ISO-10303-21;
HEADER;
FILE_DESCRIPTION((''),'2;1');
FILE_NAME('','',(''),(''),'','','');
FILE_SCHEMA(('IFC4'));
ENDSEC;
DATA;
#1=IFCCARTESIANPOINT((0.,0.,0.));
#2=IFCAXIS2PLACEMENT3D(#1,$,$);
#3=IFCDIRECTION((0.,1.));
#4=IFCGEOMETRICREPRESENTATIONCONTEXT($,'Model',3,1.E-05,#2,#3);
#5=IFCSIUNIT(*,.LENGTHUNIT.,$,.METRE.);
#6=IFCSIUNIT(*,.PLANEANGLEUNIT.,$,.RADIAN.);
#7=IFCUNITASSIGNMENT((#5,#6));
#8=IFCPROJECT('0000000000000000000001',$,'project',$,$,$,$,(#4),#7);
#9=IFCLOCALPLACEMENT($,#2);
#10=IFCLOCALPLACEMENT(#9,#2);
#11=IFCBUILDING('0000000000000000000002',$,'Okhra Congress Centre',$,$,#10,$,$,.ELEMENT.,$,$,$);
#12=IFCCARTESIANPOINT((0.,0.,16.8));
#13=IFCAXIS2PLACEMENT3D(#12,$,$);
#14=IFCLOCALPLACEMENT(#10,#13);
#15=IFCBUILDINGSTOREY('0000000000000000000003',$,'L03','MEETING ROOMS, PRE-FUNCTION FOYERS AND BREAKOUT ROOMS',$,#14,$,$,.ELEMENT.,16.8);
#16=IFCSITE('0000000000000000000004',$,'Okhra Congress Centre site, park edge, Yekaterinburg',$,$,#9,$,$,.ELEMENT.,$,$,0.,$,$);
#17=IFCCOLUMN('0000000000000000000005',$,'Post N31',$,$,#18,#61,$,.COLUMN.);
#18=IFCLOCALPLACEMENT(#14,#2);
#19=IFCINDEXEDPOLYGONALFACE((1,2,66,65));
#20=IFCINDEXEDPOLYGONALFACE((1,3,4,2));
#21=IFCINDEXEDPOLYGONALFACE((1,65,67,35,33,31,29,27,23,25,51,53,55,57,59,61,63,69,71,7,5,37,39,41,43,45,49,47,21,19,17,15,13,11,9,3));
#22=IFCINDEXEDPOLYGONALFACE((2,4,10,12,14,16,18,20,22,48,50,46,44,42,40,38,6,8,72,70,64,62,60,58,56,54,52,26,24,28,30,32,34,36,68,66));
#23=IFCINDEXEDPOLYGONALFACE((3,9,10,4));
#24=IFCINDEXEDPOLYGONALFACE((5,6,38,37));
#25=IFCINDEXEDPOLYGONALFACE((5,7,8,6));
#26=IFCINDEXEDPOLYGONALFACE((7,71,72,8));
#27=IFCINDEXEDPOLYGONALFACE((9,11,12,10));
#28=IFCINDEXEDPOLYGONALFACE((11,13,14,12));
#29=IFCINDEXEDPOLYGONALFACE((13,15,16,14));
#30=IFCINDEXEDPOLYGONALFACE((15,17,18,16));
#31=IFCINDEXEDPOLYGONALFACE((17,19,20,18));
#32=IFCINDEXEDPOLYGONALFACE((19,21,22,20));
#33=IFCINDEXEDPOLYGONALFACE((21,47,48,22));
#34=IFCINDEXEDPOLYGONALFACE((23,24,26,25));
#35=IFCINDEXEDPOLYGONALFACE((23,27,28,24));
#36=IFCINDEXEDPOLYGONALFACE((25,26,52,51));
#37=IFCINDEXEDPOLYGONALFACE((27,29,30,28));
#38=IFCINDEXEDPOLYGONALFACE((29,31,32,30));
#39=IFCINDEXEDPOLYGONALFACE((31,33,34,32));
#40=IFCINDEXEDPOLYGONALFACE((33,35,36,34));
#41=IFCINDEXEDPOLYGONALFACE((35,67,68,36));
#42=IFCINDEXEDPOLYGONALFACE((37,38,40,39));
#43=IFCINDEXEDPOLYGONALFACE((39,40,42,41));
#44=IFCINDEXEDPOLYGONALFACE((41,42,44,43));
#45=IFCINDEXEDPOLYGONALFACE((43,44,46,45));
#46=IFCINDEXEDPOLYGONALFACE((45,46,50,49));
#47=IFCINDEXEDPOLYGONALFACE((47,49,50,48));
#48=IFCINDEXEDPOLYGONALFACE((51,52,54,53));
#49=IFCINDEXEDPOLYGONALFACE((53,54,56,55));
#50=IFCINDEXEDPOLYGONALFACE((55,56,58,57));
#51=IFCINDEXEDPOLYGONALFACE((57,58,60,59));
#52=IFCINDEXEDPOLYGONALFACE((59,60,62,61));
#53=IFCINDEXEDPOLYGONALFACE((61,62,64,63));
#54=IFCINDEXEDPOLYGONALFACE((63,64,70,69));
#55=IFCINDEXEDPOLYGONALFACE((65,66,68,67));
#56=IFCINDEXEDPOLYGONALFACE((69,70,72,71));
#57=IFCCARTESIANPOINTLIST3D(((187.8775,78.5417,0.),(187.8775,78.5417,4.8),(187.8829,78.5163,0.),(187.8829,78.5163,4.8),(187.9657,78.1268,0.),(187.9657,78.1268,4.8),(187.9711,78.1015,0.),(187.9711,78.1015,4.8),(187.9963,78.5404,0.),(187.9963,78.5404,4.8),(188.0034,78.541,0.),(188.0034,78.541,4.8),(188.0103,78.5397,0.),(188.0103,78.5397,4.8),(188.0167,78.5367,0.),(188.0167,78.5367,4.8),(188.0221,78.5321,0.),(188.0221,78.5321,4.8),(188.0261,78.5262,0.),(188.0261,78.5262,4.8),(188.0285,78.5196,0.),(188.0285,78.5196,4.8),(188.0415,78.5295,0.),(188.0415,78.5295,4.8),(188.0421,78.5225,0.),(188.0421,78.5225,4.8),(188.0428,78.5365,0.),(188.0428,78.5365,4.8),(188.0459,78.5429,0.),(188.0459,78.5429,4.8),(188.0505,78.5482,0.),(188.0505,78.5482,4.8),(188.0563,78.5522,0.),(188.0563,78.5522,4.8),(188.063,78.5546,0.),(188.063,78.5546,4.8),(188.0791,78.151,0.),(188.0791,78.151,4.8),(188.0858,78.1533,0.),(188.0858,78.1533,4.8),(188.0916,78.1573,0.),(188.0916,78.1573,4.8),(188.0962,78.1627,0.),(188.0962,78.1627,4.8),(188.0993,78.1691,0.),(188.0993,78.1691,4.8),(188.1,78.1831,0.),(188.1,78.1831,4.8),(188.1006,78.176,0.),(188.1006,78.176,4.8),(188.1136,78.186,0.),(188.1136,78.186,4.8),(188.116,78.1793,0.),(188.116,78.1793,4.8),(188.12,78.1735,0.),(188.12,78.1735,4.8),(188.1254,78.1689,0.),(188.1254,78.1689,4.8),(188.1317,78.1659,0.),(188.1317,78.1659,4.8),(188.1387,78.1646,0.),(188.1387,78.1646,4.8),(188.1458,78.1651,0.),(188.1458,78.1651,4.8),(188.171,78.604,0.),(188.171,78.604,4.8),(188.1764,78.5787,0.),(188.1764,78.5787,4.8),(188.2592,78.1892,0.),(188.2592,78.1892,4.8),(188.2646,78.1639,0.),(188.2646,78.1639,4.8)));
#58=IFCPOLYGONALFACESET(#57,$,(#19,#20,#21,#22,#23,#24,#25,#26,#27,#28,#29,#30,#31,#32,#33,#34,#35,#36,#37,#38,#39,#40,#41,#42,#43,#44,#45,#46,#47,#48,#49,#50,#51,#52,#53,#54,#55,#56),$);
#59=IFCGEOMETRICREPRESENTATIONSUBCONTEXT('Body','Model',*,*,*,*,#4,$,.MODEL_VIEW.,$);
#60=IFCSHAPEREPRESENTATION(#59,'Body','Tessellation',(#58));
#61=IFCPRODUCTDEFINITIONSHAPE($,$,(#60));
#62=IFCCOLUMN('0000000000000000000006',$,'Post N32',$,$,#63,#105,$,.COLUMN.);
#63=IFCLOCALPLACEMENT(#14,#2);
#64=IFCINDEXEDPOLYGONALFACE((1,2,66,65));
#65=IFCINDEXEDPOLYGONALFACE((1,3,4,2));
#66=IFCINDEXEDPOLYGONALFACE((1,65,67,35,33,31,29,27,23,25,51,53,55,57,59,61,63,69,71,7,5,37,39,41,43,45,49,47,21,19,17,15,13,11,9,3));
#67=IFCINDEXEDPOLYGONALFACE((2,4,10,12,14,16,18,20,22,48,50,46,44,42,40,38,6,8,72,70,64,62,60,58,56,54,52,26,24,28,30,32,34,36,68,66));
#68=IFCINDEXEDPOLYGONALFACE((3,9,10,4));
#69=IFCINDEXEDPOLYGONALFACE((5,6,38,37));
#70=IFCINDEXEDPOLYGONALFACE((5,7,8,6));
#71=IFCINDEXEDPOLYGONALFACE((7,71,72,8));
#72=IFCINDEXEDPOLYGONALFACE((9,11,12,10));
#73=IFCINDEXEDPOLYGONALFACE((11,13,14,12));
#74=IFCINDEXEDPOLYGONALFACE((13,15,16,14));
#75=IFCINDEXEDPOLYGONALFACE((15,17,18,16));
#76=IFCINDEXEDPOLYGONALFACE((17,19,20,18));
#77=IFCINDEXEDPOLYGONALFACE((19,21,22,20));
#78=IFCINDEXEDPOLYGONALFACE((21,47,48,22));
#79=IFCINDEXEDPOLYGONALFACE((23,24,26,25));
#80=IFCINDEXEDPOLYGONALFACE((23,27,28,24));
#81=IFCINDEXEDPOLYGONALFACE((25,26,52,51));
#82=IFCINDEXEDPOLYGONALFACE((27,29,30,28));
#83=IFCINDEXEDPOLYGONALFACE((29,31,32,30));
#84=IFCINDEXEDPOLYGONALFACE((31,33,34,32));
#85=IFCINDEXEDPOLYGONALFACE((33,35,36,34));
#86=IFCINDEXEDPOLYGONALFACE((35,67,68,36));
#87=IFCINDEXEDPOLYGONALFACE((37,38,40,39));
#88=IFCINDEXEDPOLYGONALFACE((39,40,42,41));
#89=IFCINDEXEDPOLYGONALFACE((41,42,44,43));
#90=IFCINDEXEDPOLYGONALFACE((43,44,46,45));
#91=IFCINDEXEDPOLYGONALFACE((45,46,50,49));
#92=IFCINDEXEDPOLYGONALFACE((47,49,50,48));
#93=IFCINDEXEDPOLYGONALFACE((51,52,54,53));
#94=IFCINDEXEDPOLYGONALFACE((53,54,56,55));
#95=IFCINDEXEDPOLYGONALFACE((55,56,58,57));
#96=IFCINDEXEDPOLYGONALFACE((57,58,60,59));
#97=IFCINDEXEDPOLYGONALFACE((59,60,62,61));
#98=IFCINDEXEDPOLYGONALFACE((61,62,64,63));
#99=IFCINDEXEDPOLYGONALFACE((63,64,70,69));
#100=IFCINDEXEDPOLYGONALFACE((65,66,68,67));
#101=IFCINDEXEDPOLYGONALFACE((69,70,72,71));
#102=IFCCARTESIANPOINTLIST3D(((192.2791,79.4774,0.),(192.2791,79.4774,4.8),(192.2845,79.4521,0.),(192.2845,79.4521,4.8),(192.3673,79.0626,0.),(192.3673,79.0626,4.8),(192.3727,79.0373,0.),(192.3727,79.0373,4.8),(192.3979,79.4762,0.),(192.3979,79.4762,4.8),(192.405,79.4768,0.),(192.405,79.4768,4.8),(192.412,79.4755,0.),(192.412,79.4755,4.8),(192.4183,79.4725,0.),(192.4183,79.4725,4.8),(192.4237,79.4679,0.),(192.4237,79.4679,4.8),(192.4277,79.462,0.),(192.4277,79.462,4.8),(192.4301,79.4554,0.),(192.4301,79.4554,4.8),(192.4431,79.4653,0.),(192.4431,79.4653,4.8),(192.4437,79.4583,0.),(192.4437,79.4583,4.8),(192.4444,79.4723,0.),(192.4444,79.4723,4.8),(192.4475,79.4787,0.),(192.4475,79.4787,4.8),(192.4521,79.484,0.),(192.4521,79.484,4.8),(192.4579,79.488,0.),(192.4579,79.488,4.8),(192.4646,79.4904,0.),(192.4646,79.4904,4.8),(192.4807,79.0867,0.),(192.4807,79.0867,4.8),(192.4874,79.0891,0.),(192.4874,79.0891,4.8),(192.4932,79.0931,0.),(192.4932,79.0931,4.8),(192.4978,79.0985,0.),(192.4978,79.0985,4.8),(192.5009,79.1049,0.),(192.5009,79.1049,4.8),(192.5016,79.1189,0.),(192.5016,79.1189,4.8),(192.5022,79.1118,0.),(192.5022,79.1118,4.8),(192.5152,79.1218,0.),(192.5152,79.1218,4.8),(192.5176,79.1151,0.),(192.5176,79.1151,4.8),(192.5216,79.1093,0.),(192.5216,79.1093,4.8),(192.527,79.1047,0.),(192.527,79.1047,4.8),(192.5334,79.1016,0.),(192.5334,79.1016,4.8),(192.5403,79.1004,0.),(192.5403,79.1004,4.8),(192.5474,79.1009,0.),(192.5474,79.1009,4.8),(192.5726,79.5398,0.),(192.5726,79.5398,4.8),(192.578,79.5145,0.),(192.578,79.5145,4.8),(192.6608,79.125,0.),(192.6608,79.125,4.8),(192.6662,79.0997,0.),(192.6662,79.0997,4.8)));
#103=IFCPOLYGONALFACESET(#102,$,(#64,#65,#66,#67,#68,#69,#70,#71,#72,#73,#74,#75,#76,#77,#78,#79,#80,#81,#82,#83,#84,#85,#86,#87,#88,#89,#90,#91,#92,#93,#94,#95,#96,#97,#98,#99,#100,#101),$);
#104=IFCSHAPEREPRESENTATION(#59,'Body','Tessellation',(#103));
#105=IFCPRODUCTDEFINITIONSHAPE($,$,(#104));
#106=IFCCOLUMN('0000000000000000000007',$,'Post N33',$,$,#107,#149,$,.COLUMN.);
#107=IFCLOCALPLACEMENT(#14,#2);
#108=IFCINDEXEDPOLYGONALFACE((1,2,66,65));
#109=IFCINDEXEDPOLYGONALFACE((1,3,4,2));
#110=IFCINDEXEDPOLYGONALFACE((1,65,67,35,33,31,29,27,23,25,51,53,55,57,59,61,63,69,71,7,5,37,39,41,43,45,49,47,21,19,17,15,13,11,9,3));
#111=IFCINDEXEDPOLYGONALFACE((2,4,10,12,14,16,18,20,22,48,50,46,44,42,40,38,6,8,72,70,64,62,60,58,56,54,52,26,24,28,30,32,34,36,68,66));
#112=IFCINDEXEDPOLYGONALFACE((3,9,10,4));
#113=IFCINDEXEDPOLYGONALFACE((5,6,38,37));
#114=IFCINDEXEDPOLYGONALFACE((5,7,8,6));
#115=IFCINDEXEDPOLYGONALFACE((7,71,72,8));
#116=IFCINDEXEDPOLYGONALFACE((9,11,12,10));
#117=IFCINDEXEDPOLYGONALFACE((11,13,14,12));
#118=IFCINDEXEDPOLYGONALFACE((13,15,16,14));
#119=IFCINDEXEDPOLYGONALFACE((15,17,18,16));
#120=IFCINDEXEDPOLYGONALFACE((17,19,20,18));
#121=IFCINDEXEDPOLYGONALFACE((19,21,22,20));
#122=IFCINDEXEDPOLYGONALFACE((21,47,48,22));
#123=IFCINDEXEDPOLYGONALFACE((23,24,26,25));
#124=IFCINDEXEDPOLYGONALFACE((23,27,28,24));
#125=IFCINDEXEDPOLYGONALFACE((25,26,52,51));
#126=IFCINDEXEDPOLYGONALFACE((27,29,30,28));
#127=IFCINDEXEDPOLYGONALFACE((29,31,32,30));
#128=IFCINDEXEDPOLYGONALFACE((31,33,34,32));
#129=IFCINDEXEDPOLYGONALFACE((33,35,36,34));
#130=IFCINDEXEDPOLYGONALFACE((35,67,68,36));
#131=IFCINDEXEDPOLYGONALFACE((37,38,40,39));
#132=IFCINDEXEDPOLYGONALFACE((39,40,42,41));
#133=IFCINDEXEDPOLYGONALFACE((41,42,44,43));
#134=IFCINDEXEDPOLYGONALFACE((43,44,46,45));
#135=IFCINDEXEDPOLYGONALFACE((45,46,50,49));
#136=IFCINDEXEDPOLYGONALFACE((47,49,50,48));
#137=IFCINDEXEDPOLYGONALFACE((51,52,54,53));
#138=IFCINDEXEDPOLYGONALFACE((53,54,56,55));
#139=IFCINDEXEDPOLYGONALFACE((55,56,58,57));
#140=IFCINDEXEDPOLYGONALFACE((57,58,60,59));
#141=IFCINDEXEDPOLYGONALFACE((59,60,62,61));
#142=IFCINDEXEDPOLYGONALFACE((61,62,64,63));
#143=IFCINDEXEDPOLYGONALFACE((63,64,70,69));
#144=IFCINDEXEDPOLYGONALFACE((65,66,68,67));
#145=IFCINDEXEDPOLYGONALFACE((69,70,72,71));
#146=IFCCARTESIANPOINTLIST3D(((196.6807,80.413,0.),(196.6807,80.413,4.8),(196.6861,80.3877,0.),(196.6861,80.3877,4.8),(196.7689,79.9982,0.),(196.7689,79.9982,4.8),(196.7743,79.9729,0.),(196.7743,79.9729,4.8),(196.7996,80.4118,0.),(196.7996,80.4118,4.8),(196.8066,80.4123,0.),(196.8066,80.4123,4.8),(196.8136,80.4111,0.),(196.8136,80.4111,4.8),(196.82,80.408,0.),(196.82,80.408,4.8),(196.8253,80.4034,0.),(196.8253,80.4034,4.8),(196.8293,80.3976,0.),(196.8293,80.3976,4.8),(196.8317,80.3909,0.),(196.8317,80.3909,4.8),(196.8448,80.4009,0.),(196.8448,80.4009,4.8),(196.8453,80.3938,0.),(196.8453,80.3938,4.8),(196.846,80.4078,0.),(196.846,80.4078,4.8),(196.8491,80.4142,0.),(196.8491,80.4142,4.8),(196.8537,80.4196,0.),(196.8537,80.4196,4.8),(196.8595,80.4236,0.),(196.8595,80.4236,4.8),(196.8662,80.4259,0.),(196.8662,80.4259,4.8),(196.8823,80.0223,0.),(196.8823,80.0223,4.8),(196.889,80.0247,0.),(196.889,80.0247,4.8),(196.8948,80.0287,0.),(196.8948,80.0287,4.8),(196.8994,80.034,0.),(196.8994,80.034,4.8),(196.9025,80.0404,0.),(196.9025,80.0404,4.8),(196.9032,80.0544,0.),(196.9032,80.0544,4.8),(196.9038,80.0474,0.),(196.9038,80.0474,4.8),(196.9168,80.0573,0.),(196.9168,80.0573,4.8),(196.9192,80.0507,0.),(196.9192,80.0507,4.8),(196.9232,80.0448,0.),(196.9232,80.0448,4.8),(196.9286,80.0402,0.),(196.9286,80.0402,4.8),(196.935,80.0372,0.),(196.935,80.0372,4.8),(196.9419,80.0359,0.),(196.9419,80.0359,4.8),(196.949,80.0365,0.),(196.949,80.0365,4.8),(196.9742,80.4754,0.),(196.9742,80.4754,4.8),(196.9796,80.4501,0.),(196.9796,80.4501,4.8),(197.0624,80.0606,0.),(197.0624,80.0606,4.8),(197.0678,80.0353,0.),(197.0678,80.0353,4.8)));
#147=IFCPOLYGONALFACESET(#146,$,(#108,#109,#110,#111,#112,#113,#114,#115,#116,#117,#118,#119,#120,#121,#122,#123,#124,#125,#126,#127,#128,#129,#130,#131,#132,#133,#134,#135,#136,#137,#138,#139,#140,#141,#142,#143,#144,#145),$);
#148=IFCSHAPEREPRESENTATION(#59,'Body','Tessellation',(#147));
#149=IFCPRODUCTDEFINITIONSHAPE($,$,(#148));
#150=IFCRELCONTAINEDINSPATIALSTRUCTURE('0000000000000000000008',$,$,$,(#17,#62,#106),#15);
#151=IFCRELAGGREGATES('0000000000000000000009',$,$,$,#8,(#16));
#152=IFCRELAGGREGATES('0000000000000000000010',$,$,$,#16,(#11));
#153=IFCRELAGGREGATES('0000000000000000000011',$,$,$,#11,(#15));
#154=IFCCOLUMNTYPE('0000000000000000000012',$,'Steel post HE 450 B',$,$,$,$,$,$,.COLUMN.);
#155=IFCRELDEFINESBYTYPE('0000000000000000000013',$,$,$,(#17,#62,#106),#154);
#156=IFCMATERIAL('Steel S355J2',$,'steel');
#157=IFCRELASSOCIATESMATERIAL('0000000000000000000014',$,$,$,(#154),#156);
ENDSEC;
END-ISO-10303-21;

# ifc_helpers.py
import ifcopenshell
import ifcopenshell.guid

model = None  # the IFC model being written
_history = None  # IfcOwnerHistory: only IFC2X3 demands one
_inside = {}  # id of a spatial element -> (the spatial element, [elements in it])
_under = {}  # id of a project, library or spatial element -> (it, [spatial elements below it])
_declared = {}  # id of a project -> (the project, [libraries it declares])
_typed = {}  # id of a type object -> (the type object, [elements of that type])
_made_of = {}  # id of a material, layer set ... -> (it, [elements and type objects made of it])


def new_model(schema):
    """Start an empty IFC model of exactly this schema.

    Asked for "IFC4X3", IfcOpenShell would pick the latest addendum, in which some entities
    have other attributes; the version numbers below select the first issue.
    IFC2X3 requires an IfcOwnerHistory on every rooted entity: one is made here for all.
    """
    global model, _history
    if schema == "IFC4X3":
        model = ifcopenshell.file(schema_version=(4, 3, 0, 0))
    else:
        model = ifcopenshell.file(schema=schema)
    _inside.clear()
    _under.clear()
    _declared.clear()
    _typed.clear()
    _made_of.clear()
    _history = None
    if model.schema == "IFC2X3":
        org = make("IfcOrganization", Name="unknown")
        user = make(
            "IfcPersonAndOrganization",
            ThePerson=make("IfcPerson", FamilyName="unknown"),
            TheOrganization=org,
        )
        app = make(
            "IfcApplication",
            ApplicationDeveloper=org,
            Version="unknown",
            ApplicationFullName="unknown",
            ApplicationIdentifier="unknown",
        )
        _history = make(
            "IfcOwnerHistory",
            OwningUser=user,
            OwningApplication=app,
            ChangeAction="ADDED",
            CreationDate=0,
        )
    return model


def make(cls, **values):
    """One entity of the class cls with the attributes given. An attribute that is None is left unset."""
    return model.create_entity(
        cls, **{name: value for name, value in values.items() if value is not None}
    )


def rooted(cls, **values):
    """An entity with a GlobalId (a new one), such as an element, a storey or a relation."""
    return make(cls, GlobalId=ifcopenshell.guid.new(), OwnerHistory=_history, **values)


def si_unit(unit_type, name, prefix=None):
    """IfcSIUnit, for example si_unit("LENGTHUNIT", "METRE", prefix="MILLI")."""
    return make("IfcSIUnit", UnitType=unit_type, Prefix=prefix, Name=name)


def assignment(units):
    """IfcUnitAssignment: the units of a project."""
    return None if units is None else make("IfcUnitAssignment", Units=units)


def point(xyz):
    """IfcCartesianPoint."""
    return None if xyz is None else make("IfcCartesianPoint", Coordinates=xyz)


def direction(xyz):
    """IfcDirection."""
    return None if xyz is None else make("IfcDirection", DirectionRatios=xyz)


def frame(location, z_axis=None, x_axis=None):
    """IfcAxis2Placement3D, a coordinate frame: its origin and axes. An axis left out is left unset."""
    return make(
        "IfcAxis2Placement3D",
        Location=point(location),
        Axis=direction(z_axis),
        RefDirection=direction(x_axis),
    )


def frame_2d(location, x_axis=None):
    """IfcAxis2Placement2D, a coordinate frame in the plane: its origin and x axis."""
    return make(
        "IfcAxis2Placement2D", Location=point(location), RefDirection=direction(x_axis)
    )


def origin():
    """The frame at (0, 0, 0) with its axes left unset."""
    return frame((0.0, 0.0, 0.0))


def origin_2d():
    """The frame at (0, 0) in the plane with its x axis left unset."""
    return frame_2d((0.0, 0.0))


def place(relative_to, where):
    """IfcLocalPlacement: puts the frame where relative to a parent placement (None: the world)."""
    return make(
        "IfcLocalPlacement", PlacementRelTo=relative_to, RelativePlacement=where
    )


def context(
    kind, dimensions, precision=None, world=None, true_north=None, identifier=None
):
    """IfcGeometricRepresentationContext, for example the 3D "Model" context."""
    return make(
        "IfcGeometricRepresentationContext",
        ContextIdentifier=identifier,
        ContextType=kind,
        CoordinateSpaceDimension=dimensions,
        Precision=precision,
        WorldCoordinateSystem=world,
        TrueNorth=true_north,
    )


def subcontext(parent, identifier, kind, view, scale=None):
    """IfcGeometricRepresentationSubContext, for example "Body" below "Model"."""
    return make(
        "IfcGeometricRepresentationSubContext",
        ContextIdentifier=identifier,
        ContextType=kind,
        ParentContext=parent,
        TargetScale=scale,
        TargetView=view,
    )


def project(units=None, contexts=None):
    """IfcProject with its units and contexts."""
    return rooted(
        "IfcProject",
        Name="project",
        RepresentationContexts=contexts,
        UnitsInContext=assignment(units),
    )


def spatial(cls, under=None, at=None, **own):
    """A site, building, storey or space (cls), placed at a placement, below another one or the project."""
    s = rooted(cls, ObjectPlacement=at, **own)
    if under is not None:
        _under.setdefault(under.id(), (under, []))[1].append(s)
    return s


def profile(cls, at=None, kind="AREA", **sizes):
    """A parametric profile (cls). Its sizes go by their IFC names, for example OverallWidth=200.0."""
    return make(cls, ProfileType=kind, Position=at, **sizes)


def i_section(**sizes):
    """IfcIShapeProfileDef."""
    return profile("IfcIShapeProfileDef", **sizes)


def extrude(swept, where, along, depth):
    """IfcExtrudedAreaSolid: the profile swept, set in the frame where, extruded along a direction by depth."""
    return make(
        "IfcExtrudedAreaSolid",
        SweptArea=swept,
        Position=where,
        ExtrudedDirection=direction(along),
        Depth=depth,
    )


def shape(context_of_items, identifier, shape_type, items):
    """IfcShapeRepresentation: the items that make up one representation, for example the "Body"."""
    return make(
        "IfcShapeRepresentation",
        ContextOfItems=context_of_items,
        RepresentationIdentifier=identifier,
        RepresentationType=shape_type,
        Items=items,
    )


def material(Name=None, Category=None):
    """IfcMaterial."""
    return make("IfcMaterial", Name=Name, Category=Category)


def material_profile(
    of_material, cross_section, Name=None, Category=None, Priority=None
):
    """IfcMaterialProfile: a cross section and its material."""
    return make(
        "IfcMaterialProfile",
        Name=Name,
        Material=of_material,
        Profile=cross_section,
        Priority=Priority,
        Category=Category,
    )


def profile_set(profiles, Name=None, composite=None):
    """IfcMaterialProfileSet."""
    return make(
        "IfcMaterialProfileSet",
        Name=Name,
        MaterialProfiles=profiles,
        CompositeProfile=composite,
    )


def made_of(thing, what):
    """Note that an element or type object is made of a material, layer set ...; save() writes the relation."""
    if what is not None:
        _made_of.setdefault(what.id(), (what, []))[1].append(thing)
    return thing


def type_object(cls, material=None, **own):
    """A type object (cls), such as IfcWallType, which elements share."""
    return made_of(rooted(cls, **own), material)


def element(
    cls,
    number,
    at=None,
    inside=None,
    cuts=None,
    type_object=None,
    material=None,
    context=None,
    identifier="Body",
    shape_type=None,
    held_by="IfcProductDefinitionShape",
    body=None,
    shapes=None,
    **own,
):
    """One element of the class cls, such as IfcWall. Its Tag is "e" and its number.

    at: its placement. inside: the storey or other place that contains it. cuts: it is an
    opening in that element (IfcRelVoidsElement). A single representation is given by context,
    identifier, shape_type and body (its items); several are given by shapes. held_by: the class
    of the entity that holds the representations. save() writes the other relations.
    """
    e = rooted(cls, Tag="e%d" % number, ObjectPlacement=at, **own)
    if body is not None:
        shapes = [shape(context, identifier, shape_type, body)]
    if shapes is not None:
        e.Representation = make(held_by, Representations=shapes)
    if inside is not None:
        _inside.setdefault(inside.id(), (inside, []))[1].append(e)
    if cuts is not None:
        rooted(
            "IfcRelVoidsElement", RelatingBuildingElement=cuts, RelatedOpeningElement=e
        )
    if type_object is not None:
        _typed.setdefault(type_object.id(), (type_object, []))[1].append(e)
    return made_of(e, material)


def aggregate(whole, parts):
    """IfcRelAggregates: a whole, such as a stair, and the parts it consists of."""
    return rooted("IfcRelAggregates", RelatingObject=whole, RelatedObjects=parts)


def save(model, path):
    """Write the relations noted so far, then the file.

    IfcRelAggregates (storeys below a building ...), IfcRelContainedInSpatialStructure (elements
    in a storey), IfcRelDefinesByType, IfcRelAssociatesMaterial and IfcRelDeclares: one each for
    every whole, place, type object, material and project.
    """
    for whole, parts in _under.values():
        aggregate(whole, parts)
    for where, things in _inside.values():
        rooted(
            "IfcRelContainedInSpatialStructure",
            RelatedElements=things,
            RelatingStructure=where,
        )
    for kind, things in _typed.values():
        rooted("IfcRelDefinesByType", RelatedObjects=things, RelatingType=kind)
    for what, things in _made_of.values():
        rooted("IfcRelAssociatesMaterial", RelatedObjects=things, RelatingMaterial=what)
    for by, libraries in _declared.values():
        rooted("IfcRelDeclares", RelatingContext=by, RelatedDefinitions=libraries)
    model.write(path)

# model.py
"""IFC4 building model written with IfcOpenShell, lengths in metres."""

from ifc_helpers import new_model, si_unit, direction, frame, origin, origin_2d, place, context, subcontext, project, spatial, i_section, extrude, material, material_profile, profile_set, type_object, element, save


model = new_model("IFC4")

# Units and contexts
model_context = context("Model", 3, precision=1e-05, world=origin(), true_north=direction((0.0, 1.0)))
body_context = subcontext(model_context, "Body", "Model", "MODEL_VIEW")
ifc_project = project(units=[si_unit("LENGTHUNIT", "METRE"), si_unit("PLANEANGLEUNIT", "RADIAN")], contexts=[model_context])

# Site, building, storey
site_placement = place(None, origin())
site = spatial("IfcSite", under=ifc_project, at=site_placement, Name="Okhra Congress Centre site, park edge, Yekaterinburg", CompositionType="ELEMENT", RefElevation=0.0)
building_placement = place(site_placement, origin())
building = spatial("IfcBuilding", under=site, at=building_placement, Name="Okhra Congress Centre", CompositionType="ELEMENT")
storey_placement = place(building_placement, frame((0.0, 0.0, 16.8)))
storey = spatial("IfcBuildingStorey", under=building, at=storey_placement, Name="L03", Description="MEETING ROOMS, PRE-FUNCTION FOYERS AND BREAKOUT ROOMS", CompositionType="ELEMENT", Elevation=16.8)

# Columns
ifc_material_1 = material(Name="Steel S355J2", Category="steel")
ifc_material_profile_1 = material_profile(ifc_material_1, i_section(OverallWidth=0.3, OverallDepth=0.45, WebThickness=0.0139, FlangeThickness=0.0259, FilletRadius=0.0271, at=origin_2d()), Name="HE 450 B")
ifc_profile_set_1 = profile_set([ifc_material_profile_1], Name="Steel S355J2")
column_type = type_object("IfcColumnType", Name="Steel post HE 450 B", PredefinedType="COLUMN", material=ifc_profile_set_1)
for number, where, z_axis, x_axis, name in (
    (1, (188.071, 78.3528, 0.0), (0.0, 0.0, 1.0), (0.978148, 0.207912, 0.0), "Post N31"),
    (2, (192.4727, 79.2886, 0.0), (0.0, 0.0, 1.0), (0.978148, 0.207912, 0.0), "Post N32"),
    (3, (196.8743, 80.2241, 0.0), (0.0, 0.0, 1.0), (0.978148, 0.207912, 0.0), "Post N33"),
):
    element("IfcColumn", number, at=place(storey_placement, frame(where, z_axis=z_axis, x_axis=x_axis)), inside=storey, type_object=column_type, Name=name, PredefinedType="COLUMN", context=body_context, shape_type="SweptSolid", body=[
        extrude(i_section(OverallWidth=0.3, OverallDepth=0.45, WebThickness=0.0139, FlangeThickness=0.0259, FilletRadius=0.0271, at=origin_2d()), origin(), (0.0, 0.0, 1.0), 4.8),
    ])

save(model, "model.ifc")
